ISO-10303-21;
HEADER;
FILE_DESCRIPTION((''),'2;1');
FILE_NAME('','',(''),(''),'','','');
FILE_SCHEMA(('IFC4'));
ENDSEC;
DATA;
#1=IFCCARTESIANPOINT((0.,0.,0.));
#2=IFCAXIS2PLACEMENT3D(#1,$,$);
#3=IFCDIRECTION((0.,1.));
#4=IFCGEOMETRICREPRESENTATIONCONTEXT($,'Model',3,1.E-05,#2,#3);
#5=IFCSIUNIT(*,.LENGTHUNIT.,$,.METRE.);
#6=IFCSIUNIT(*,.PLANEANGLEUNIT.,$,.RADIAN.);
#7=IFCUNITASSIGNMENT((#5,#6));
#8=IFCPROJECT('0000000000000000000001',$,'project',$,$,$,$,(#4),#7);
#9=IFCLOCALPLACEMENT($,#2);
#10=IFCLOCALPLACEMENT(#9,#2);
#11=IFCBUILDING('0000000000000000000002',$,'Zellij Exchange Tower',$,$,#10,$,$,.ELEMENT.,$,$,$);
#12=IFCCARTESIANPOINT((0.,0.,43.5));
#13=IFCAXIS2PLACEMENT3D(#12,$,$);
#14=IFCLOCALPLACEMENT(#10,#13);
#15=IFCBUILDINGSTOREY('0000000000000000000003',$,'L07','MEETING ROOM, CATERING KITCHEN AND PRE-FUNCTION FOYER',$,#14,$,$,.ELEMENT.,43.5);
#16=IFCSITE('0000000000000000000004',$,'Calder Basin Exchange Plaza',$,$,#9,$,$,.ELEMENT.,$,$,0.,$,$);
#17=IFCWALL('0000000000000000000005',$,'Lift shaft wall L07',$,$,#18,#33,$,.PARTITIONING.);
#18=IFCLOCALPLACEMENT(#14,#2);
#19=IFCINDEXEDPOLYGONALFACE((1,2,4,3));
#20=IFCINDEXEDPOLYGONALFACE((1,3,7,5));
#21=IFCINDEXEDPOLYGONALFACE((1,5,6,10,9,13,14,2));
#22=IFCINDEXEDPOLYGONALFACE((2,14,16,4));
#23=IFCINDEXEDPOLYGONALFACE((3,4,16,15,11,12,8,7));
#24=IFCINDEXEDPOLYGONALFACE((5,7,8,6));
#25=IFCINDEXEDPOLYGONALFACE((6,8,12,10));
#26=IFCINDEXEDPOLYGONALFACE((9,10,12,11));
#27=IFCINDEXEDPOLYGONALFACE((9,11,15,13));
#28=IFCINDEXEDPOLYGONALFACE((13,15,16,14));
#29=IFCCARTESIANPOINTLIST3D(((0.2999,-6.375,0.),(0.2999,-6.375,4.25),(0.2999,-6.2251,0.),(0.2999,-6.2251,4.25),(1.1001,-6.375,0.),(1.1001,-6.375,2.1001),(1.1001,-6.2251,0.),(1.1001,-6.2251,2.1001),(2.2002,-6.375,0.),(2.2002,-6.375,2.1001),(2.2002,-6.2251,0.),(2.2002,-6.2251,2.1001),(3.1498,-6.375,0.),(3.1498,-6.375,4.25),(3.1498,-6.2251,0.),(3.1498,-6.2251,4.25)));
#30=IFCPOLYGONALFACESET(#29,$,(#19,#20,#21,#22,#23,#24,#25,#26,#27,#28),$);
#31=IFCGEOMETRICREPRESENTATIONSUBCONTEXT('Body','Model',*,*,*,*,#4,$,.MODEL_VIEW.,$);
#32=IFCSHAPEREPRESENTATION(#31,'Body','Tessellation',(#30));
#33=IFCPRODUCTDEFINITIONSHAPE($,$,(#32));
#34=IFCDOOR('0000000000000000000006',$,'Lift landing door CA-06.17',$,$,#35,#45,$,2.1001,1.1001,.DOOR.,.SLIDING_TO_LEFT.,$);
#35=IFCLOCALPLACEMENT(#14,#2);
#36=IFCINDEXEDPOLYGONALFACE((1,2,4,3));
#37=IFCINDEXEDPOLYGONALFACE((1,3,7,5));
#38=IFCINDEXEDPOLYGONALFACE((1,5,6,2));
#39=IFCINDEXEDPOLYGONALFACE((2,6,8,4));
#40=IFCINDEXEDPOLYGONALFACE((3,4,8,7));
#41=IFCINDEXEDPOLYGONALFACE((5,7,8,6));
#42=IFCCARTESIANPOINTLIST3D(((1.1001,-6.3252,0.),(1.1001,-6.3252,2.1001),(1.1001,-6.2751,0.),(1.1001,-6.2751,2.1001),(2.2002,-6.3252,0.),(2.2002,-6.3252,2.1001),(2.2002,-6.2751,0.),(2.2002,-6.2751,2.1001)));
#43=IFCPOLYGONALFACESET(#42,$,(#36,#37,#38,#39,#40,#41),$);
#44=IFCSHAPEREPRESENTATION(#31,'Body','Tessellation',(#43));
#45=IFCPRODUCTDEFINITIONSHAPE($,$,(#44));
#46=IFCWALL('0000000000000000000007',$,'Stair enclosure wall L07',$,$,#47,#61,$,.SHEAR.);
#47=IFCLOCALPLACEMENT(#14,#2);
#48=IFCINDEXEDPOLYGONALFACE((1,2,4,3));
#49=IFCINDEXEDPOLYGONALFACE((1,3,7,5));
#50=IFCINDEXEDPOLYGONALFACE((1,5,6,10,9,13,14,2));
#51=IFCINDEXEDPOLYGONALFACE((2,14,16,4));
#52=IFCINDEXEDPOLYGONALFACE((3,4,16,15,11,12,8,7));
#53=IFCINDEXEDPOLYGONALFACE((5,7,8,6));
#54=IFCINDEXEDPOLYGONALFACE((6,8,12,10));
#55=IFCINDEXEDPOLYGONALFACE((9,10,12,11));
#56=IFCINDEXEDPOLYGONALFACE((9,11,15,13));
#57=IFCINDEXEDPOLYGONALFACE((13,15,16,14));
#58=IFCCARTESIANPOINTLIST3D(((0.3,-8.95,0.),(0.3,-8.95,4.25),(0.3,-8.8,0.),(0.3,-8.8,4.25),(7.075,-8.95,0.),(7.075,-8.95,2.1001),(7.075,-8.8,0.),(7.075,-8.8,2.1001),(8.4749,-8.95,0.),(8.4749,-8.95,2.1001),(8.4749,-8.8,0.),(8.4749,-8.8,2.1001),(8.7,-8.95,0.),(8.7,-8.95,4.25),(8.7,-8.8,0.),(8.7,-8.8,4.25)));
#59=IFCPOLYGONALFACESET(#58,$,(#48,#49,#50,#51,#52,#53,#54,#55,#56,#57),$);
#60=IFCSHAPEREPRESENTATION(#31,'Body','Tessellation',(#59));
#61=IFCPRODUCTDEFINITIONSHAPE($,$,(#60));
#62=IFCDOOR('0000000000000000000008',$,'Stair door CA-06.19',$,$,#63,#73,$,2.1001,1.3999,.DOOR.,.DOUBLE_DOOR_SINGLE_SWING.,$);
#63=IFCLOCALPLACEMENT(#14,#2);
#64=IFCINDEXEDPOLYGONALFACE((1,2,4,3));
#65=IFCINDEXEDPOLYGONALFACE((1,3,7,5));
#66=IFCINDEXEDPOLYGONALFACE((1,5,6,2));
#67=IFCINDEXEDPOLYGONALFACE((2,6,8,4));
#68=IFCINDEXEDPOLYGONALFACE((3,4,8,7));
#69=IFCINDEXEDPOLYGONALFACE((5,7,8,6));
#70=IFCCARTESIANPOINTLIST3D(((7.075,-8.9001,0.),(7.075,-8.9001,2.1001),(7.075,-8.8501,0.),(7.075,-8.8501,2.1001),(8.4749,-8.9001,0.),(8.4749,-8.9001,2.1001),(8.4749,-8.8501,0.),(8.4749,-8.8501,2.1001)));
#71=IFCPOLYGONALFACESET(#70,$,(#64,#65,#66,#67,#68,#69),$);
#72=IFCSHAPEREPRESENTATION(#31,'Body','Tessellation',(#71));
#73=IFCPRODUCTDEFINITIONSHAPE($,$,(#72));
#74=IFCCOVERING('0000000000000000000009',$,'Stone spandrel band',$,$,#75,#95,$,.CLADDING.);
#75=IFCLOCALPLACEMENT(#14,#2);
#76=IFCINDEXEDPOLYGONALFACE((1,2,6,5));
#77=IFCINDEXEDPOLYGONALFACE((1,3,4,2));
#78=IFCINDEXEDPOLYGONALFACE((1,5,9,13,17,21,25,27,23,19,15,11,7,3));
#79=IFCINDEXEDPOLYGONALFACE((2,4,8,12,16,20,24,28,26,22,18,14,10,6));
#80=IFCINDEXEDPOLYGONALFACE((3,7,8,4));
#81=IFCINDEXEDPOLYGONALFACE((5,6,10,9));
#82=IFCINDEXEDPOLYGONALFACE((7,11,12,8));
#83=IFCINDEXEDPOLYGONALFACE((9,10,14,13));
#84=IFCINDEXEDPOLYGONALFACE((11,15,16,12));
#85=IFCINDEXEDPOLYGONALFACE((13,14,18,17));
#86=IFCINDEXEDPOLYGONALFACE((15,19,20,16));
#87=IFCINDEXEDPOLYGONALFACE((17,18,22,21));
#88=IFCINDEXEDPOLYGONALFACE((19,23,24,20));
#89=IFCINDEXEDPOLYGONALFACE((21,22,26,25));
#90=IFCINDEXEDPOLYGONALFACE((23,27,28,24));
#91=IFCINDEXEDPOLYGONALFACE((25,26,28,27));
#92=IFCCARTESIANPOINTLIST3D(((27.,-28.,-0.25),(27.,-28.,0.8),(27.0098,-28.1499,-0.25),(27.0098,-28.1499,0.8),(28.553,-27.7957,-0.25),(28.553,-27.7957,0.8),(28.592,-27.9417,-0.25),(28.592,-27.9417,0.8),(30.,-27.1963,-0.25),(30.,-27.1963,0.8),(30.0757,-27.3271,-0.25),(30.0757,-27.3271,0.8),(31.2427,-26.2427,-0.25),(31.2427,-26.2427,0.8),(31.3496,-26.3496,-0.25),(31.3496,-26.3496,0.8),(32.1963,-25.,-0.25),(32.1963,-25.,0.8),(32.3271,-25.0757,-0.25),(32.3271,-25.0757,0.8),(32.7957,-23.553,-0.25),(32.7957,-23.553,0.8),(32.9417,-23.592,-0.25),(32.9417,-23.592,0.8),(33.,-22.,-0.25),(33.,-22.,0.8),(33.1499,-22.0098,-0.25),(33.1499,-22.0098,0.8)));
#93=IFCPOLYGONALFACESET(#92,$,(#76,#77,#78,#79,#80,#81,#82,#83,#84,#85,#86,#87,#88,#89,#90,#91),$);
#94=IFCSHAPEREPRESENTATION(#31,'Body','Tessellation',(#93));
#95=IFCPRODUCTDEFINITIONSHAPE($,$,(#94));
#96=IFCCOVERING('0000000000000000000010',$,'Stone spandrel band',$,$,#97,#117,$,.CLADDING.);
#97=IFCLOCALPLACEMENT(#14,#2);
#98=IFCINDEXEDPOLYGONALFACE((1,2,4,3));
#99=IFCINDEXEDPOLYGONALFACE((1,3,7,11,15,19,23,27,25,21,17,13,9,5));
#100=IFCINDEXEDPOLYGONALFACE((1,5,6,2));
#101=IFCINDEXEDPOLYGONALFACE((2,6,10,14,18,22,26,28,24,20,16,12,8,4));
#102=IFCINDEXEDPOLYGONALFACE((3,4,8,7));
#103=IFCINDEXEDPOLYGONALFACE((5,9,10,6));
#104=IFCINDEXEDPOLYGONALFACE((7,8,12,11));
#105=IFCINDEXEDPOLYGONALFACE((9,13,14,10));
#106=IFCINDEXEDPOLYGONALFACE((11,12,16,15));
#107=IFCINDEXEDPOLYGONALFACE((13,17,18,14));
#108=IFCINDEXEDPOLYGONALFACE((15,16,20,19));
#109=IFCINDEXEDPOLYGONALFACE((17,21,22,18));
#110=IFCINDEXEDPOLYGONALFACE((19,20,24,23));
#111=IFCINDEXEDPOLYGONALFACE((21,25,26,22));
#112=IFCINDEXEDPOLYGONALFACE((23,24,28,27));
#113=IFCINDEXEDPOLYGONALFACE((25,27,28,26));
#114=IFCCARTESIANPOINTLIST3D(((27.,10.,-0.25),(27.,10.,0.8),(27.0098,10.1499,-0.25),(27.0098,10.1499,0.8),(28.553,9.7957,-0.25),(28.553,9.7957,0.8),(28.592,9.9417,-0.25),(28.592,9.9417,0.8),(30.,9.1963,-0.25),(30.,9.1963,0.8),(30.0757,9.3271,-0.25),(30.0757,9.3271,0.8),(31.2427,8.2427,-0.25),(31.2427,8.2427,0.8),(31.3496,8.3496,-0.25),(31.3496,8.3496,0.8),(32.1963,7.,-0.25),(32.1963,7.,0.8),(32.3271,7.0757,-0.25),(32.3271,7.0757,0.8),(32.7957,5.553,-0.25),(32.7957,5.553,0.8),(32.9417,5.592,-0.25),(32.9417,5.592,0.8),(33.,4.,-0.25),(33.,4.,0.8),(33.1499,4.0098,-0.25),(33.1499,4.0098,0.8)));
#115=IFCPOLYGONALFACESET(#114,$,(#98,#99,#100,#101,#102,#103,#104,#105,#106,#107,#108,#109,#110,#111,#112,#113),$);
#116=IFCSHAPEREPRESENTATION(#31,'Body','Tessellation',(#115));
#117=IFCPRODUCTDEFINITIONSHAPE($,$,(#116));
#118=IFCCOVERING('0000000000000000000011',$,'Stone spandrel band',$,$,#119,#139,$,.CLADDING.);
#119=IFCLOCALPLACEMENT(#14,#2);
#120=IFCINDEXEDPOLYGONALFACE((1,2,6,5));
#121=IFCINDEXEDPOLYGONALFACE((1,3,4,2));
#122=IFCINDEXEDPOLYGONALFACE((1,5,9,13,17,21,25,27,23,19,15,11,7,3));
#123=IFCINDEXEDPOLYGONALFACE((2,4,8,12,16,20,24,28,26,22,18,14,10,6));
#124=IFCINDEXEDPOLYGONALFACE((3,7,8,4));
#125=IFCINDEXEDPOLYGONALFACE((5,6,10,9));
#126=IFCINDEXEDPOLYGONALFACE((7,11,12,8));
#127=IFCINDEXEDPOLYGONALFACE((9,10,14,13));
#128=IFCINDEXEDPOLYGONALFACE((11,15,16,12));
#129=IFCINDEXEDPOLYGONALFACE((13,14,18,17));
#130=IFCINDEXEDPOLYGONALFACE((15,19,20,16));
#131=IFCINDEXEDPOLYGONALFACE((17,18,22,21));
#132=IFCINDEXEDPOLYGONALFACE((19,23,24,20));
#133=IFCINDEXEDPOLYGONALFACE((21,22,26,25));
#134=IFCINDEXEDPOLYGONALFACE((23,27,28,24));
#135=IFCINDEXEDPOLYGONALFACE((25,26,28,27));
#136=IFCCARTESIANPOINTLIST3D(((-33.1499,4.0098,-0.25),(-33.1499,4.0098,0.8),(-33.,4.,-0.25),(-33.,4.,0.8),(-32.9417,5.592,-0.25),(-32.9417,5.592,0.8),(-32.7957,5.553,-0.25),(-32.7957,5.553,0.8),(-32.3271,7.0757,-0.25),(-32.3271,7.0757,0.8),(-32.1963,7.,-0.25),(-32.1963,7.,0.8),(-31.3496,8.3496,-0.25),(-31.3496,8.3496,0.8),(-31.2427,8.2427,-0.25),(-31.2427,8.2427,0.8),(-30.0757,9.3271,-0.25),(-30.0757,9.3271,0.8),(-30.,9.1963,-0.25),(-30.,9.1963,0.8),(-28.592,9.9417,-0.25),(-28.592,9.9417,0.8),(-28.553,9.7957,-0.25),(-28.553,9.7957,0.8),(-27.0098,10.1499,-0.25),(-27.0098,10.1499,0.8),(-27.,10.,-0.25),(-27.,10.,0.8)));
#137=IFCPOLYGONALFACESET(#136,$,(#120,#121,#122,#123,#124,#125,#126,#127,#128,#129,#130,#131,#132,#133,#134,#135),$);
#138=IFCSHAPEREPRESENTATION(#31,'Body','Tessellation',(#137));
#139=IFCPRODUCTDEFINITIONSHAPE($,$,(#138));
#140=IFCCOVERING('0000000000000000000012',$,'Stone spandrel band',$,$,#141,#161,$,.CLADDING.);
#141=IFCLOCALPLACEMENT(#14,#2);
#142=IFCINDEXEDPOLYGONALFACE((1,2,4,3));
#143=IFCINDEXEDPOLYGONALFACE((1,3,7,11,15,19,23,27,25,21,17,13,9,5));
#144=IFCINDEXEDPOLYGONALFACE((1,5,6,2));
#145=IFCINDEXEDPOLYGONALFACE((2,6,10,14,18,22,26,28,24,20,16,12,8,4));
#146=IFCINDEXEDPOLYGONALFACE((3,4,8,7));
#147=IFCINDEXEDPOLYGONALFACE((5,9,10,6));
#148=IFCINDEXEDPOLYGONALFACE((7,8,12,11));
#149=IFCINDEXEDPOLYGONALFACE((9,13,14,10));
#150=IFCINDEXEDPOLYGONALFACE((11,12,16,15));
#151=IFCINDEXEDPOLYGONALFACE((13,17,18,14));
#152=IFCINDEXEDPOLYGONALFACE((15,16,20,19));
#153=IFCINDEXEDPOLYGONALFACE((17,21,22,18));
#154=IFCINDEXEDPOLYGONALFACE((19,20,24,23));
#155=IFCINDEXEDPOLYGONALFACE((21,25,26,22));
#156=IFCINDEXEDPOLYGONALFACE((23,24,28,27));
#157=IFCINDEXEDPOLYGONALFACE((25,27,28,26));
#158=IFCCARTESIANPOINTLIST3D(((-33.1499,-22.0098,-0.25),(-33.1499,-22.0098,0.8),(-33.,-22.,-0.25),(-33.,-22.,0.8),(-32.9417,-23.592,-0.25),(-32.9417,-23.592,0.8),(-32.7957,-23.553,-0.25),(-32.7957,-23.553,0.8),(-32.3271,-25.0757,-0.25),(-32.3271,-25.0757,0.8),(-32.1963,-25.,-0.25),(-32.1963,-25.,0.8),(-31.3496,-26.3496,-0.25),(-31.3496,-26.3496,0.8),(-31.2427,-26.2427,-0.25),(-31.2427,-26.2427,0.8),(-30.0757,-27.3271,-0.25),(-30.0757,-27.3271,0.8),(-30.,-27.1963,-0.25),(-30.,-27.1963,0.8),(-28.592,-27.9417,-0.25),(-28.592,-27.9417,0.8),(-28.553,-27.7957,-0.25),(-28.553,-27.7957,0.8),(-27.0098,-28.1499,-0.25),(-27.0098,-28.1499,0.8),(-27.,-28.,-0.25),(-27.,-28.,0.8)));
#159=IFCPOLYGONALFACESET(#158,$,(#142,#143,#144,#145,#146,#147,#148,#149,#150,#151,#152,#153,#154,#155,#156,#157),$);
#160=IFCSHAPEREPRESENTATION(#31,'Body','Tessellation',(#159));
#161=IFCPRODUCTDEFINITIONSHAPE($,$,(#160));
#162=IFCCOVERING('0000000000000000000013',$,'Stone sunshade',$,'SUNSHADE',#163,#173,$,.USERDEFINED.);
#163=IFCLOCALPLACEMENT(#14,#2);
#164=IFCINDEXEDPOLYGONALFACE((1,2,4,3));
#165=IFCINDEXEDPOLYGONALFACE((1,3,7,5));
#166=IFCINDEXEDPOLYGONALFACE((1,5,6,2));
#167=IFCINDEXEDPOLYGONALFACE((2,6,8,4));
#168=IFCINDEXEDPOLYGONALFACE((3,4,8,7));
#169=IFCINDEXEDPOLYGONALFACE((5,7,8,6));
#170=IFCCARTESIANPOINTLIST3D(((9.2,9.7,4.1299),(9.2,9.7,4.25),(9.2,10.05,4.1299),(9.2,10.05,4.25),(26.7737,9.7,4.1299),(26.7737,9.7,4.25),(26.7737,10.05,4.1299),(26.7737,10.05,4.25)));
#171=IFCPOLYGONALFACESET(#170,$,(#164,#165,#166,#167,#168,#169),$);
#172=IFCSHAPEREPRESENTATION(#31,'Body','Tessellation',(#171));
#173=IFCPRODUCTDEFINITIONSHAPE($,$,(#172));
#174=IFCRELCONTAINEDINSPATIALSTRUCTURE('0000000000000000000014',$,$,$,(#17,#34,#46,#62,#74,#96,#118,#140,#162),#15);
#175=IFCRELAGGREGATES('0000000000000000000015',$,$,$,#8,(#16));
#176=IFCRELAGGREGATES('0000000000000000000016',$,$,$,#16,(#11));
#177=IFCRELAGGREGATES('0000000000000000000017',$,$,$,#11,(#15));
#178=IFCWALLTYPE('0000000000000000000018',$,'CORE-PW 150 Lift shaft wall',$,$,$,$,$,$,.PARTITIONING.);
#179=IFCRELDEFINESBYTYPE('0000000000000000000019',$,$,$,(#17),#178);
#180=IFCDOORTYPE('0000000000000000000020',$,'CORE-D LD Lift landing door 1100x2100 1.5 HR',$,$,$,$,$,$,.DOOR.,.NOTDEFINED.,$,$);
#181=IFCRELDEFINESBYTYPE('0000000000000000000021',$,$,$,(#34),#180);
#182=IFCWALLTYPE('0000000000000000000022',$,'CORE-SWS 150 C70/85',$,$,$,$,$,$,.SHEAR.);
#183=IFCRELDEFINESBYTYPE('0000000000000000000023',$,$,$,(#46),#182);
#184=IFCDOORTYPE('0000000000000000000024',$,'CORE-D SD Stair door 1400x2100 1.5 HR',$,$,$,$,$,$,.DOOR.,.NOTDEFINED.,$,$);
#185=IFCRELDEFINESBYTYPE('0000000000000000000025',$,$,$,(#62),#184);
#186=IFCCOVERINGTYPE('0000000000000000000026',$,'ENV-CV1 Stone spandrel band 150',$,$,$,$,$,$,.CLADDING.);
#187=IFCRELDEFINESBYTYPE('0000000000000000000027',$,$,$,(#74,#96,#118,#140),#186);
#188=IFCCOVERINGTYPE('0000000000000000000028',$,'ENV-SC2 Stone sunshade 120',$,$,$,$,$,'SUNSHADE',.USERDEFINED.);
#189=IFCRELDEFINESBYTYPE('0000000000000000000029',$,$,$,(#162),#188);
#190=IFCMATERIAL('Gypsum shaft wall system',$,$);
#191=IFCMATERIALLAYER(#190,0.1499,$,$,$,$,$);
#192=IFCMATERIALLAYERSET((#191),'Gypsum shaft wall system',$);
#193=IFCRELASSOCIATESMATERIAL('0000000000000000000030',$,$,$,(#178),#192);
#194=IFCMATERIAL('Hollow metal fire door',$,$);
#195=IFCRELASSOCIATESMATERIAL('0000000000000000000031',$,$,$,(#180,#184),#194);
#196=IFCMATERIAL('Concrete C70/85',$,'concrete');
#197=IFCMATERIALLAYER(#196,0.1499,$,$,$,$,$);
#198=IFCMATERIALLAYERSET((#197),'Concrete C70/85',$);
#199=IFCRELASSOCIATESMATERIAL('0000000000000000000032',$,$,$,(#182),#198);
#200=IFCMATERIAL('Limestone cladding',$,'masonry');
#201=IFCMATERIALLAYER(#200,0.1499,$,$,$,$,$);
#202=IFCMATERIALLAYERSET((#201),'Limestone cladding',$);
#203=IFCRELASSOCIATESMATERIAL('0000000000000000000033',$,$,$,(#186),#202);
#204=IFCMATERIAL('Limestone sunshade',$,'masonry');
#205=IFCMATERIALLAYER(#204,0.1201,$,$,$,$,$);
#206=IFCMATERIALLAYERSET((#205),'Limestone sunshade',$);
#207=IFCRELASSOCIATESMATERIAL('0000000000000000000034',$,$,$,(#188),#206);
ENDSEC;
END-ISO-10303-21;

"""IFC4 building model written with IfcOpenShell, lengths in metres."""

from ifc_helpers import new_model, si_unit, direction, frame, frame_2d, origin, place, context, subcontext, project, spatial, polyline, rectangle, outline, extrude, material, layer, layer_set, type_object, element, fill, save


model = new_model("IFC4")

# Units and contexts
model_context = context("Model", 3, precision=1e-05, world=origin(), true_north=direction((0.0, 1.0)))
body_context = subcontext(model_context, "Body", "Model", "MODEL_VIEW")
ifc_project = project(units=[si_unit("LENGTHUNIT", "METRE"), si_unit("PLANEANGLEUNIT", "RADIAN")], contexts=[model_context])

# Site, building, storey
site_placement = place(None, origin())
site = spatial("IfcSite", under=ifc_project, at=site_placement, Name="Calder Basin Exchange Plaza", CompositionType="ELEMENT", RefElevation=0.0)
building_placement = place(site_placement, origin())
building = spatial("IfcBuilding", under=site, at=building_placement, Name="Zellij Exchange Tower", CompositionType="ELEMENT")
storey_placement = place(building_placement, frame((0.0, 0.0, 43.5)))
storey = spatial("IfcBuildingStorey", under=building, at=storey_placement, Name="L07", Description="MEETING ROOM, CATERING KITCHEN AND PRE-FUNCTION FOYER", CompositionType="ELEMENT", Elevation=43.5)

# Walls, openings, doors
ifc_material_1 = material(Name="Gypsum shaft wall system")
ifc_layer_1 = layer(ifc_material_1, 0.1499)
ifc_layer_set_1 = layer_set([ifc_layer_1], Name="Gypsum shaft wall system")
wall_type_1 = type_object("IfcWallType", Name="CORE-PW 150 Lift shaft wall", PredefinedType="PARTITIONING", material=ifc_layer_set_1)
wall_1_placement = place(storey_placement, frame((0.3, -6.3, 0.0), z_axis=(0.0, 0.0, 1.0), x_axis=(1.0, 0.0, 0.0)))
wall_1 = element("IfcWall", 1, at=wall_1_placement, inside=storey, type_object=wall_type_1, Name="Lift shaft wall L07", PredefinedType="PARTITIONING", context=body_context, shape_type="SweptSolid", body=[
    extrude(rectangle(XDim=2.8499, YDim=0.1499, at=frame_2d((1.4248, 0.0))), origin(), (0.0, 0.0, 1.0), 4.25),
])
opening_1_placement = place(wall_1_placement, frame((0.8, 0.0, 0.0)))
opening_1 = element("IfcOpeningElement", 2, at=opening_1_placement, cuts=wall_1, PredefinedType="OPENING", context=body_context, shape_type="SweptSolid", body=[
    extrude(rectangle(XDim=1.1001, YDim=2.1001, at=frame_2d((0.55, 1.05))), frame((0.0, 0.0869, 0.0), z_axis=(0.0, -1.0, 0.0), x_axis=(1.0, 0.0, 0.0)), (0.0, 0.0, 1.0), 0.1738),
])
ifc_material_2 = material(Name="Hollow metal fire door")
door_type_1 = type_object("IfcDoorType", Name="CORE-D LD Lift landing door 1100x2100 1.5 HR", OperationType="NOTDEFINED", PredefinedType="DOOR", material=ifc_material_2)
door_1_placement = place(opening_1_placement, origin())
door_1 = element("IfcDoor", 3, at=door_1_placement, inside=storey, type_object=door_type_1, Name="Lift landing door CA-06.17", OperationType="SLIDING_TO_LEFT", OverallHeight=2.1001, OverallWidth=1.1001, PredefinedType="DOOR", context=body_context, shape_type="SweptSolid", body=[
    extrude(rectangle(XDim=1.1001, YDim=2.1001, at=frame_2d((0.55, 1.05))), frame((0.0, 0.0249, 0.0), z_axis=(0.0, -1.0, 0.0), x_axis=(1.0, 0.0, 0.0)), (0.0, 0.0, 1.0), 0.05),
])
fill(opening_1, door_1)
ifc_material_3 = material(Name="Concrete C70/85", Category="concrete")
ifc_layer_2 = layer(ifc_material_3, 0.1499)
ifc_layer_set_2 = layer_set([ifc_layer_2], Name="Concrete C70/85")
wall_type_2 = type_object("IfcWallType", Name="CORE-SWS 150 C70/85", PredefinedType="SHEAR", material=ifc_layer_set_2)
wall_2_placement = place(storey_placement, frame((0.3, -8.875, 0.0), z_axis=(0.0, 0.0, 1.0), x_axis=(1.0, 0.0, 0.0)))
wall_2 = element("IfcWall", 4, at=wall_2_placement, inside=storey, type_object=wall_type_2, Name="Stair enclosure wall L07", PredefinedType="SHEAR", context=body_context, shape_type="SweptSolid", body=[
    extrude(rectangle(XDim=8.3999, YDim=0.1499, at=frame_2d((4.2, 0.0))), origin(), (0.0, 0.0, 1.0), 4.25),
])
opening_2_placement = place(wall_2_placement, frame((6.7749, 0.0, 0.0)))
opening_2 = element("IfcOpeningElement", 5, at=opening_2_placement, cuts=wall_2, PredefinedType="OPENING", context=body_context, shape_type="SweptSolid", body=[
    extrude(rectangle(XDim=1.3999, YDim=2.1001, at=frame_2d((0.7, 1.05))), frame((0.0, 0.0869, 0.0), z_axis=(0.0, -1.0, 0.0), x_axis=(1.0, 0.0, 0.0)), (0.0, 0.0, 1.0), 0.1738),
])
door_type_2 = type_object("IfcDoorType", Name="CORE-D SD Stair door 1400x2100 1.5 HR", OperationType="NOTDEFINED", PredefinedType="DOOR", material=ifc_material_2)
door_2_placement = place(opening_2_placement, origin())
door_2 = element("IfcDoor", 6, at=door_2_placement, inside=storey, type_object=door_type_2, Name="Stair door CA-06.19", OperationType="DOUBLE_DOOR_SINGLE_SWING", OverallHeight=2.1001, OverallWidth=1.3999, PredefinedType="DOOR", context=body_context, shape_type="SweptSolid", body=[
    extrude(rectangle(XDim=1.3999, YDim=2.1001, at=frame_2d((0.7, 1.05))), frame((0.0, 0.0249, 0.0), z_axis=(0.0, -1.0, 0.0), x_axis=(1.0, 0.0, 0.0)), (0.0, 0.0, 1.0), 0.05),
])
fill(opening_2, door_2)

# Coverings
ifc_material_4 = material(Name="Limestone cladding", Category="masonry")
ifc_layer_3 = layer(ifc_material_4, 0.1499)
ifc_layer_set_3 = layer_set([ifc_layer_3], Name="Limestone cladding")
covering_type_1 = type_object("IfcCoveringType", Name="ENV-CV1 Stone spandrel band 150", PredefinedType="CLADDING", material=ifc_layer_set_3)
covering_1_placement = place(storey_placement, frame((0.0, 0.0, -0.25)))
element("IfcCovering", 7, at=covering_1_placement, inside=storey, type_object=covering_type_1, Name="Stone spandrel band", PredefinedType="CLADDING", context=body_context, shape_type="SweptSolid", body=[
    extrude(outline(polyline([(27.0, -28.0), (28.553, -27.7957), (30.0, -27.1963), (31.2427, -26.2427), (32.1963, -25.0), (32.7957, -23.553), (33.0, -22.0), (33.1499, -22.0098), (32.9417, -23.592), (32.3271, -25.0757), (31.3496, -26.3496), (30.0757, -27.3271), (28.592, -27.9417), (27.0098, -28.1499), (27.0, -28.0)])), origin(), (0.0, 0.0, 1.0), 1.05),
])
covering_2_placement = place(storey_placement, frame((0.0, 0.0, -0.25)))
element("IfcCovering", 8, at=covering_2_placement, inside=storey, type_object=covering_type_1, Name="Stone spandrel band", PredefinedType="CLADDING", context=body_context, shape_type="SweptSolid", body=[
    extrude(outline(polyline([(33.0, 4.0), (32.7957, 5.553), (32.1963, 7.0), (31.2427, 8.2427), (30.0, 9.1963), (28.553, 9.7957), (27.0, 10.0), (27.0098, 10.1499), (28.592, 9.9417), (30.0757, 9.3271), (31.3496, 8.3496), (32.3271, 7.0757), (32.9417, 5.592), (33.1499, 4.0098), (33.0, 4.0)])), origin(), (0.0, 0.0, 1.0), 1.05),
])
covering_3_placement = place(storey_placement, frame((0.0, 0.0, -0.25)))
element("IfcCovering", 9, at=covering_3_placement, inside=storey, type_object=covering_type_1, Name="Stone spandrel band", PredefinedType="CLADDING", context=body_context, shape_type="SweptSolid", body=[
    extrude(outline(polyline([(-27.0, 10.0), (-28.553, 9.7957), (-30.0, 9.1963), (-31.2427, 8.2427), (-32.1963, 7.0), (-32.7957, 5.553), (-33.0, 4.0), (-33.1499, 4.0098), (-32.9417, 5.592), (-32.3271, 7.0757), (-31.3496, 8.3496), (-30.0757, 9.3271), (-28.592, 9.9417), (-27.0098, 10.1499), (-27.0, 10.0)])), origin(), (0.0, 0.0, 1.0), 1.05),
])
covering_4_placement = place(storey_placement, frame((0.0, 0.0, -0.25)))
element("IfcCovering", 10, at=covering_4_placement, inside=storey, type_object=covering_type_1, Name="Stone spandrel band", PredefinedType="CLADDING", context=body_context, shape_type="SweptSolid", body=[
    extrude(outline(polyline([(-33.0, -22.0), (-32.7957, -23.553), (-32.1963, -25.0), (-31.2427, -26.2427), (-30.0, -27.1963), (-28.553, -27.7957), (-27.0, -28.0), (-27.0098, -28.1499), (-28.592, -27.9417), (-30.0757, -27.3271), (-31.3496, -26.3496), (-32.3271, -25.0757), (-32.9417, -23.592), (-33.1499, -22.0098), (-33.0, -22.0)])), origin(), (0.0, 0.0, 1.0), 1.05),
])
ifc_material_5 = material(Name="Limestone sunshade", Category="masonry")
ifc_layer_4 = layer(ifc_material_5, 0.1201)
ifc_layer_set_4 = layer_set([ifc_layer_4], Name="Limestone sunshade")
covering_type_2 = type_object("IfcCoveringType", Name="ENV-SC2 Stone sunshade 120", ElementType="SUNSHADE", PredefinedType="USERDEFINED", material=ifc_layer_set_4)
covering_5_placement = place(storey_placement, frame((0.0, 0.0, 4.1299)))
element("IfcCovering", 11, at=covering_5_placement, inside=storey, type_object=covering_type_2, Name="Stone sunshade", ObjectType="SUNSHADE", PredefinedType="USERDEFINED", context=body_context, shape_type="SweptSolid", body=[
    extrude(outline(polyline([(26.7737, 9.7), (9.2, 9.7), (9.2, 10.05), (26.7737, 10.05), (26.7737, 9.7)])), origin(), (0.0, 0.0, 1.0), 0.1201),
])

save(model, "model.ifc")
